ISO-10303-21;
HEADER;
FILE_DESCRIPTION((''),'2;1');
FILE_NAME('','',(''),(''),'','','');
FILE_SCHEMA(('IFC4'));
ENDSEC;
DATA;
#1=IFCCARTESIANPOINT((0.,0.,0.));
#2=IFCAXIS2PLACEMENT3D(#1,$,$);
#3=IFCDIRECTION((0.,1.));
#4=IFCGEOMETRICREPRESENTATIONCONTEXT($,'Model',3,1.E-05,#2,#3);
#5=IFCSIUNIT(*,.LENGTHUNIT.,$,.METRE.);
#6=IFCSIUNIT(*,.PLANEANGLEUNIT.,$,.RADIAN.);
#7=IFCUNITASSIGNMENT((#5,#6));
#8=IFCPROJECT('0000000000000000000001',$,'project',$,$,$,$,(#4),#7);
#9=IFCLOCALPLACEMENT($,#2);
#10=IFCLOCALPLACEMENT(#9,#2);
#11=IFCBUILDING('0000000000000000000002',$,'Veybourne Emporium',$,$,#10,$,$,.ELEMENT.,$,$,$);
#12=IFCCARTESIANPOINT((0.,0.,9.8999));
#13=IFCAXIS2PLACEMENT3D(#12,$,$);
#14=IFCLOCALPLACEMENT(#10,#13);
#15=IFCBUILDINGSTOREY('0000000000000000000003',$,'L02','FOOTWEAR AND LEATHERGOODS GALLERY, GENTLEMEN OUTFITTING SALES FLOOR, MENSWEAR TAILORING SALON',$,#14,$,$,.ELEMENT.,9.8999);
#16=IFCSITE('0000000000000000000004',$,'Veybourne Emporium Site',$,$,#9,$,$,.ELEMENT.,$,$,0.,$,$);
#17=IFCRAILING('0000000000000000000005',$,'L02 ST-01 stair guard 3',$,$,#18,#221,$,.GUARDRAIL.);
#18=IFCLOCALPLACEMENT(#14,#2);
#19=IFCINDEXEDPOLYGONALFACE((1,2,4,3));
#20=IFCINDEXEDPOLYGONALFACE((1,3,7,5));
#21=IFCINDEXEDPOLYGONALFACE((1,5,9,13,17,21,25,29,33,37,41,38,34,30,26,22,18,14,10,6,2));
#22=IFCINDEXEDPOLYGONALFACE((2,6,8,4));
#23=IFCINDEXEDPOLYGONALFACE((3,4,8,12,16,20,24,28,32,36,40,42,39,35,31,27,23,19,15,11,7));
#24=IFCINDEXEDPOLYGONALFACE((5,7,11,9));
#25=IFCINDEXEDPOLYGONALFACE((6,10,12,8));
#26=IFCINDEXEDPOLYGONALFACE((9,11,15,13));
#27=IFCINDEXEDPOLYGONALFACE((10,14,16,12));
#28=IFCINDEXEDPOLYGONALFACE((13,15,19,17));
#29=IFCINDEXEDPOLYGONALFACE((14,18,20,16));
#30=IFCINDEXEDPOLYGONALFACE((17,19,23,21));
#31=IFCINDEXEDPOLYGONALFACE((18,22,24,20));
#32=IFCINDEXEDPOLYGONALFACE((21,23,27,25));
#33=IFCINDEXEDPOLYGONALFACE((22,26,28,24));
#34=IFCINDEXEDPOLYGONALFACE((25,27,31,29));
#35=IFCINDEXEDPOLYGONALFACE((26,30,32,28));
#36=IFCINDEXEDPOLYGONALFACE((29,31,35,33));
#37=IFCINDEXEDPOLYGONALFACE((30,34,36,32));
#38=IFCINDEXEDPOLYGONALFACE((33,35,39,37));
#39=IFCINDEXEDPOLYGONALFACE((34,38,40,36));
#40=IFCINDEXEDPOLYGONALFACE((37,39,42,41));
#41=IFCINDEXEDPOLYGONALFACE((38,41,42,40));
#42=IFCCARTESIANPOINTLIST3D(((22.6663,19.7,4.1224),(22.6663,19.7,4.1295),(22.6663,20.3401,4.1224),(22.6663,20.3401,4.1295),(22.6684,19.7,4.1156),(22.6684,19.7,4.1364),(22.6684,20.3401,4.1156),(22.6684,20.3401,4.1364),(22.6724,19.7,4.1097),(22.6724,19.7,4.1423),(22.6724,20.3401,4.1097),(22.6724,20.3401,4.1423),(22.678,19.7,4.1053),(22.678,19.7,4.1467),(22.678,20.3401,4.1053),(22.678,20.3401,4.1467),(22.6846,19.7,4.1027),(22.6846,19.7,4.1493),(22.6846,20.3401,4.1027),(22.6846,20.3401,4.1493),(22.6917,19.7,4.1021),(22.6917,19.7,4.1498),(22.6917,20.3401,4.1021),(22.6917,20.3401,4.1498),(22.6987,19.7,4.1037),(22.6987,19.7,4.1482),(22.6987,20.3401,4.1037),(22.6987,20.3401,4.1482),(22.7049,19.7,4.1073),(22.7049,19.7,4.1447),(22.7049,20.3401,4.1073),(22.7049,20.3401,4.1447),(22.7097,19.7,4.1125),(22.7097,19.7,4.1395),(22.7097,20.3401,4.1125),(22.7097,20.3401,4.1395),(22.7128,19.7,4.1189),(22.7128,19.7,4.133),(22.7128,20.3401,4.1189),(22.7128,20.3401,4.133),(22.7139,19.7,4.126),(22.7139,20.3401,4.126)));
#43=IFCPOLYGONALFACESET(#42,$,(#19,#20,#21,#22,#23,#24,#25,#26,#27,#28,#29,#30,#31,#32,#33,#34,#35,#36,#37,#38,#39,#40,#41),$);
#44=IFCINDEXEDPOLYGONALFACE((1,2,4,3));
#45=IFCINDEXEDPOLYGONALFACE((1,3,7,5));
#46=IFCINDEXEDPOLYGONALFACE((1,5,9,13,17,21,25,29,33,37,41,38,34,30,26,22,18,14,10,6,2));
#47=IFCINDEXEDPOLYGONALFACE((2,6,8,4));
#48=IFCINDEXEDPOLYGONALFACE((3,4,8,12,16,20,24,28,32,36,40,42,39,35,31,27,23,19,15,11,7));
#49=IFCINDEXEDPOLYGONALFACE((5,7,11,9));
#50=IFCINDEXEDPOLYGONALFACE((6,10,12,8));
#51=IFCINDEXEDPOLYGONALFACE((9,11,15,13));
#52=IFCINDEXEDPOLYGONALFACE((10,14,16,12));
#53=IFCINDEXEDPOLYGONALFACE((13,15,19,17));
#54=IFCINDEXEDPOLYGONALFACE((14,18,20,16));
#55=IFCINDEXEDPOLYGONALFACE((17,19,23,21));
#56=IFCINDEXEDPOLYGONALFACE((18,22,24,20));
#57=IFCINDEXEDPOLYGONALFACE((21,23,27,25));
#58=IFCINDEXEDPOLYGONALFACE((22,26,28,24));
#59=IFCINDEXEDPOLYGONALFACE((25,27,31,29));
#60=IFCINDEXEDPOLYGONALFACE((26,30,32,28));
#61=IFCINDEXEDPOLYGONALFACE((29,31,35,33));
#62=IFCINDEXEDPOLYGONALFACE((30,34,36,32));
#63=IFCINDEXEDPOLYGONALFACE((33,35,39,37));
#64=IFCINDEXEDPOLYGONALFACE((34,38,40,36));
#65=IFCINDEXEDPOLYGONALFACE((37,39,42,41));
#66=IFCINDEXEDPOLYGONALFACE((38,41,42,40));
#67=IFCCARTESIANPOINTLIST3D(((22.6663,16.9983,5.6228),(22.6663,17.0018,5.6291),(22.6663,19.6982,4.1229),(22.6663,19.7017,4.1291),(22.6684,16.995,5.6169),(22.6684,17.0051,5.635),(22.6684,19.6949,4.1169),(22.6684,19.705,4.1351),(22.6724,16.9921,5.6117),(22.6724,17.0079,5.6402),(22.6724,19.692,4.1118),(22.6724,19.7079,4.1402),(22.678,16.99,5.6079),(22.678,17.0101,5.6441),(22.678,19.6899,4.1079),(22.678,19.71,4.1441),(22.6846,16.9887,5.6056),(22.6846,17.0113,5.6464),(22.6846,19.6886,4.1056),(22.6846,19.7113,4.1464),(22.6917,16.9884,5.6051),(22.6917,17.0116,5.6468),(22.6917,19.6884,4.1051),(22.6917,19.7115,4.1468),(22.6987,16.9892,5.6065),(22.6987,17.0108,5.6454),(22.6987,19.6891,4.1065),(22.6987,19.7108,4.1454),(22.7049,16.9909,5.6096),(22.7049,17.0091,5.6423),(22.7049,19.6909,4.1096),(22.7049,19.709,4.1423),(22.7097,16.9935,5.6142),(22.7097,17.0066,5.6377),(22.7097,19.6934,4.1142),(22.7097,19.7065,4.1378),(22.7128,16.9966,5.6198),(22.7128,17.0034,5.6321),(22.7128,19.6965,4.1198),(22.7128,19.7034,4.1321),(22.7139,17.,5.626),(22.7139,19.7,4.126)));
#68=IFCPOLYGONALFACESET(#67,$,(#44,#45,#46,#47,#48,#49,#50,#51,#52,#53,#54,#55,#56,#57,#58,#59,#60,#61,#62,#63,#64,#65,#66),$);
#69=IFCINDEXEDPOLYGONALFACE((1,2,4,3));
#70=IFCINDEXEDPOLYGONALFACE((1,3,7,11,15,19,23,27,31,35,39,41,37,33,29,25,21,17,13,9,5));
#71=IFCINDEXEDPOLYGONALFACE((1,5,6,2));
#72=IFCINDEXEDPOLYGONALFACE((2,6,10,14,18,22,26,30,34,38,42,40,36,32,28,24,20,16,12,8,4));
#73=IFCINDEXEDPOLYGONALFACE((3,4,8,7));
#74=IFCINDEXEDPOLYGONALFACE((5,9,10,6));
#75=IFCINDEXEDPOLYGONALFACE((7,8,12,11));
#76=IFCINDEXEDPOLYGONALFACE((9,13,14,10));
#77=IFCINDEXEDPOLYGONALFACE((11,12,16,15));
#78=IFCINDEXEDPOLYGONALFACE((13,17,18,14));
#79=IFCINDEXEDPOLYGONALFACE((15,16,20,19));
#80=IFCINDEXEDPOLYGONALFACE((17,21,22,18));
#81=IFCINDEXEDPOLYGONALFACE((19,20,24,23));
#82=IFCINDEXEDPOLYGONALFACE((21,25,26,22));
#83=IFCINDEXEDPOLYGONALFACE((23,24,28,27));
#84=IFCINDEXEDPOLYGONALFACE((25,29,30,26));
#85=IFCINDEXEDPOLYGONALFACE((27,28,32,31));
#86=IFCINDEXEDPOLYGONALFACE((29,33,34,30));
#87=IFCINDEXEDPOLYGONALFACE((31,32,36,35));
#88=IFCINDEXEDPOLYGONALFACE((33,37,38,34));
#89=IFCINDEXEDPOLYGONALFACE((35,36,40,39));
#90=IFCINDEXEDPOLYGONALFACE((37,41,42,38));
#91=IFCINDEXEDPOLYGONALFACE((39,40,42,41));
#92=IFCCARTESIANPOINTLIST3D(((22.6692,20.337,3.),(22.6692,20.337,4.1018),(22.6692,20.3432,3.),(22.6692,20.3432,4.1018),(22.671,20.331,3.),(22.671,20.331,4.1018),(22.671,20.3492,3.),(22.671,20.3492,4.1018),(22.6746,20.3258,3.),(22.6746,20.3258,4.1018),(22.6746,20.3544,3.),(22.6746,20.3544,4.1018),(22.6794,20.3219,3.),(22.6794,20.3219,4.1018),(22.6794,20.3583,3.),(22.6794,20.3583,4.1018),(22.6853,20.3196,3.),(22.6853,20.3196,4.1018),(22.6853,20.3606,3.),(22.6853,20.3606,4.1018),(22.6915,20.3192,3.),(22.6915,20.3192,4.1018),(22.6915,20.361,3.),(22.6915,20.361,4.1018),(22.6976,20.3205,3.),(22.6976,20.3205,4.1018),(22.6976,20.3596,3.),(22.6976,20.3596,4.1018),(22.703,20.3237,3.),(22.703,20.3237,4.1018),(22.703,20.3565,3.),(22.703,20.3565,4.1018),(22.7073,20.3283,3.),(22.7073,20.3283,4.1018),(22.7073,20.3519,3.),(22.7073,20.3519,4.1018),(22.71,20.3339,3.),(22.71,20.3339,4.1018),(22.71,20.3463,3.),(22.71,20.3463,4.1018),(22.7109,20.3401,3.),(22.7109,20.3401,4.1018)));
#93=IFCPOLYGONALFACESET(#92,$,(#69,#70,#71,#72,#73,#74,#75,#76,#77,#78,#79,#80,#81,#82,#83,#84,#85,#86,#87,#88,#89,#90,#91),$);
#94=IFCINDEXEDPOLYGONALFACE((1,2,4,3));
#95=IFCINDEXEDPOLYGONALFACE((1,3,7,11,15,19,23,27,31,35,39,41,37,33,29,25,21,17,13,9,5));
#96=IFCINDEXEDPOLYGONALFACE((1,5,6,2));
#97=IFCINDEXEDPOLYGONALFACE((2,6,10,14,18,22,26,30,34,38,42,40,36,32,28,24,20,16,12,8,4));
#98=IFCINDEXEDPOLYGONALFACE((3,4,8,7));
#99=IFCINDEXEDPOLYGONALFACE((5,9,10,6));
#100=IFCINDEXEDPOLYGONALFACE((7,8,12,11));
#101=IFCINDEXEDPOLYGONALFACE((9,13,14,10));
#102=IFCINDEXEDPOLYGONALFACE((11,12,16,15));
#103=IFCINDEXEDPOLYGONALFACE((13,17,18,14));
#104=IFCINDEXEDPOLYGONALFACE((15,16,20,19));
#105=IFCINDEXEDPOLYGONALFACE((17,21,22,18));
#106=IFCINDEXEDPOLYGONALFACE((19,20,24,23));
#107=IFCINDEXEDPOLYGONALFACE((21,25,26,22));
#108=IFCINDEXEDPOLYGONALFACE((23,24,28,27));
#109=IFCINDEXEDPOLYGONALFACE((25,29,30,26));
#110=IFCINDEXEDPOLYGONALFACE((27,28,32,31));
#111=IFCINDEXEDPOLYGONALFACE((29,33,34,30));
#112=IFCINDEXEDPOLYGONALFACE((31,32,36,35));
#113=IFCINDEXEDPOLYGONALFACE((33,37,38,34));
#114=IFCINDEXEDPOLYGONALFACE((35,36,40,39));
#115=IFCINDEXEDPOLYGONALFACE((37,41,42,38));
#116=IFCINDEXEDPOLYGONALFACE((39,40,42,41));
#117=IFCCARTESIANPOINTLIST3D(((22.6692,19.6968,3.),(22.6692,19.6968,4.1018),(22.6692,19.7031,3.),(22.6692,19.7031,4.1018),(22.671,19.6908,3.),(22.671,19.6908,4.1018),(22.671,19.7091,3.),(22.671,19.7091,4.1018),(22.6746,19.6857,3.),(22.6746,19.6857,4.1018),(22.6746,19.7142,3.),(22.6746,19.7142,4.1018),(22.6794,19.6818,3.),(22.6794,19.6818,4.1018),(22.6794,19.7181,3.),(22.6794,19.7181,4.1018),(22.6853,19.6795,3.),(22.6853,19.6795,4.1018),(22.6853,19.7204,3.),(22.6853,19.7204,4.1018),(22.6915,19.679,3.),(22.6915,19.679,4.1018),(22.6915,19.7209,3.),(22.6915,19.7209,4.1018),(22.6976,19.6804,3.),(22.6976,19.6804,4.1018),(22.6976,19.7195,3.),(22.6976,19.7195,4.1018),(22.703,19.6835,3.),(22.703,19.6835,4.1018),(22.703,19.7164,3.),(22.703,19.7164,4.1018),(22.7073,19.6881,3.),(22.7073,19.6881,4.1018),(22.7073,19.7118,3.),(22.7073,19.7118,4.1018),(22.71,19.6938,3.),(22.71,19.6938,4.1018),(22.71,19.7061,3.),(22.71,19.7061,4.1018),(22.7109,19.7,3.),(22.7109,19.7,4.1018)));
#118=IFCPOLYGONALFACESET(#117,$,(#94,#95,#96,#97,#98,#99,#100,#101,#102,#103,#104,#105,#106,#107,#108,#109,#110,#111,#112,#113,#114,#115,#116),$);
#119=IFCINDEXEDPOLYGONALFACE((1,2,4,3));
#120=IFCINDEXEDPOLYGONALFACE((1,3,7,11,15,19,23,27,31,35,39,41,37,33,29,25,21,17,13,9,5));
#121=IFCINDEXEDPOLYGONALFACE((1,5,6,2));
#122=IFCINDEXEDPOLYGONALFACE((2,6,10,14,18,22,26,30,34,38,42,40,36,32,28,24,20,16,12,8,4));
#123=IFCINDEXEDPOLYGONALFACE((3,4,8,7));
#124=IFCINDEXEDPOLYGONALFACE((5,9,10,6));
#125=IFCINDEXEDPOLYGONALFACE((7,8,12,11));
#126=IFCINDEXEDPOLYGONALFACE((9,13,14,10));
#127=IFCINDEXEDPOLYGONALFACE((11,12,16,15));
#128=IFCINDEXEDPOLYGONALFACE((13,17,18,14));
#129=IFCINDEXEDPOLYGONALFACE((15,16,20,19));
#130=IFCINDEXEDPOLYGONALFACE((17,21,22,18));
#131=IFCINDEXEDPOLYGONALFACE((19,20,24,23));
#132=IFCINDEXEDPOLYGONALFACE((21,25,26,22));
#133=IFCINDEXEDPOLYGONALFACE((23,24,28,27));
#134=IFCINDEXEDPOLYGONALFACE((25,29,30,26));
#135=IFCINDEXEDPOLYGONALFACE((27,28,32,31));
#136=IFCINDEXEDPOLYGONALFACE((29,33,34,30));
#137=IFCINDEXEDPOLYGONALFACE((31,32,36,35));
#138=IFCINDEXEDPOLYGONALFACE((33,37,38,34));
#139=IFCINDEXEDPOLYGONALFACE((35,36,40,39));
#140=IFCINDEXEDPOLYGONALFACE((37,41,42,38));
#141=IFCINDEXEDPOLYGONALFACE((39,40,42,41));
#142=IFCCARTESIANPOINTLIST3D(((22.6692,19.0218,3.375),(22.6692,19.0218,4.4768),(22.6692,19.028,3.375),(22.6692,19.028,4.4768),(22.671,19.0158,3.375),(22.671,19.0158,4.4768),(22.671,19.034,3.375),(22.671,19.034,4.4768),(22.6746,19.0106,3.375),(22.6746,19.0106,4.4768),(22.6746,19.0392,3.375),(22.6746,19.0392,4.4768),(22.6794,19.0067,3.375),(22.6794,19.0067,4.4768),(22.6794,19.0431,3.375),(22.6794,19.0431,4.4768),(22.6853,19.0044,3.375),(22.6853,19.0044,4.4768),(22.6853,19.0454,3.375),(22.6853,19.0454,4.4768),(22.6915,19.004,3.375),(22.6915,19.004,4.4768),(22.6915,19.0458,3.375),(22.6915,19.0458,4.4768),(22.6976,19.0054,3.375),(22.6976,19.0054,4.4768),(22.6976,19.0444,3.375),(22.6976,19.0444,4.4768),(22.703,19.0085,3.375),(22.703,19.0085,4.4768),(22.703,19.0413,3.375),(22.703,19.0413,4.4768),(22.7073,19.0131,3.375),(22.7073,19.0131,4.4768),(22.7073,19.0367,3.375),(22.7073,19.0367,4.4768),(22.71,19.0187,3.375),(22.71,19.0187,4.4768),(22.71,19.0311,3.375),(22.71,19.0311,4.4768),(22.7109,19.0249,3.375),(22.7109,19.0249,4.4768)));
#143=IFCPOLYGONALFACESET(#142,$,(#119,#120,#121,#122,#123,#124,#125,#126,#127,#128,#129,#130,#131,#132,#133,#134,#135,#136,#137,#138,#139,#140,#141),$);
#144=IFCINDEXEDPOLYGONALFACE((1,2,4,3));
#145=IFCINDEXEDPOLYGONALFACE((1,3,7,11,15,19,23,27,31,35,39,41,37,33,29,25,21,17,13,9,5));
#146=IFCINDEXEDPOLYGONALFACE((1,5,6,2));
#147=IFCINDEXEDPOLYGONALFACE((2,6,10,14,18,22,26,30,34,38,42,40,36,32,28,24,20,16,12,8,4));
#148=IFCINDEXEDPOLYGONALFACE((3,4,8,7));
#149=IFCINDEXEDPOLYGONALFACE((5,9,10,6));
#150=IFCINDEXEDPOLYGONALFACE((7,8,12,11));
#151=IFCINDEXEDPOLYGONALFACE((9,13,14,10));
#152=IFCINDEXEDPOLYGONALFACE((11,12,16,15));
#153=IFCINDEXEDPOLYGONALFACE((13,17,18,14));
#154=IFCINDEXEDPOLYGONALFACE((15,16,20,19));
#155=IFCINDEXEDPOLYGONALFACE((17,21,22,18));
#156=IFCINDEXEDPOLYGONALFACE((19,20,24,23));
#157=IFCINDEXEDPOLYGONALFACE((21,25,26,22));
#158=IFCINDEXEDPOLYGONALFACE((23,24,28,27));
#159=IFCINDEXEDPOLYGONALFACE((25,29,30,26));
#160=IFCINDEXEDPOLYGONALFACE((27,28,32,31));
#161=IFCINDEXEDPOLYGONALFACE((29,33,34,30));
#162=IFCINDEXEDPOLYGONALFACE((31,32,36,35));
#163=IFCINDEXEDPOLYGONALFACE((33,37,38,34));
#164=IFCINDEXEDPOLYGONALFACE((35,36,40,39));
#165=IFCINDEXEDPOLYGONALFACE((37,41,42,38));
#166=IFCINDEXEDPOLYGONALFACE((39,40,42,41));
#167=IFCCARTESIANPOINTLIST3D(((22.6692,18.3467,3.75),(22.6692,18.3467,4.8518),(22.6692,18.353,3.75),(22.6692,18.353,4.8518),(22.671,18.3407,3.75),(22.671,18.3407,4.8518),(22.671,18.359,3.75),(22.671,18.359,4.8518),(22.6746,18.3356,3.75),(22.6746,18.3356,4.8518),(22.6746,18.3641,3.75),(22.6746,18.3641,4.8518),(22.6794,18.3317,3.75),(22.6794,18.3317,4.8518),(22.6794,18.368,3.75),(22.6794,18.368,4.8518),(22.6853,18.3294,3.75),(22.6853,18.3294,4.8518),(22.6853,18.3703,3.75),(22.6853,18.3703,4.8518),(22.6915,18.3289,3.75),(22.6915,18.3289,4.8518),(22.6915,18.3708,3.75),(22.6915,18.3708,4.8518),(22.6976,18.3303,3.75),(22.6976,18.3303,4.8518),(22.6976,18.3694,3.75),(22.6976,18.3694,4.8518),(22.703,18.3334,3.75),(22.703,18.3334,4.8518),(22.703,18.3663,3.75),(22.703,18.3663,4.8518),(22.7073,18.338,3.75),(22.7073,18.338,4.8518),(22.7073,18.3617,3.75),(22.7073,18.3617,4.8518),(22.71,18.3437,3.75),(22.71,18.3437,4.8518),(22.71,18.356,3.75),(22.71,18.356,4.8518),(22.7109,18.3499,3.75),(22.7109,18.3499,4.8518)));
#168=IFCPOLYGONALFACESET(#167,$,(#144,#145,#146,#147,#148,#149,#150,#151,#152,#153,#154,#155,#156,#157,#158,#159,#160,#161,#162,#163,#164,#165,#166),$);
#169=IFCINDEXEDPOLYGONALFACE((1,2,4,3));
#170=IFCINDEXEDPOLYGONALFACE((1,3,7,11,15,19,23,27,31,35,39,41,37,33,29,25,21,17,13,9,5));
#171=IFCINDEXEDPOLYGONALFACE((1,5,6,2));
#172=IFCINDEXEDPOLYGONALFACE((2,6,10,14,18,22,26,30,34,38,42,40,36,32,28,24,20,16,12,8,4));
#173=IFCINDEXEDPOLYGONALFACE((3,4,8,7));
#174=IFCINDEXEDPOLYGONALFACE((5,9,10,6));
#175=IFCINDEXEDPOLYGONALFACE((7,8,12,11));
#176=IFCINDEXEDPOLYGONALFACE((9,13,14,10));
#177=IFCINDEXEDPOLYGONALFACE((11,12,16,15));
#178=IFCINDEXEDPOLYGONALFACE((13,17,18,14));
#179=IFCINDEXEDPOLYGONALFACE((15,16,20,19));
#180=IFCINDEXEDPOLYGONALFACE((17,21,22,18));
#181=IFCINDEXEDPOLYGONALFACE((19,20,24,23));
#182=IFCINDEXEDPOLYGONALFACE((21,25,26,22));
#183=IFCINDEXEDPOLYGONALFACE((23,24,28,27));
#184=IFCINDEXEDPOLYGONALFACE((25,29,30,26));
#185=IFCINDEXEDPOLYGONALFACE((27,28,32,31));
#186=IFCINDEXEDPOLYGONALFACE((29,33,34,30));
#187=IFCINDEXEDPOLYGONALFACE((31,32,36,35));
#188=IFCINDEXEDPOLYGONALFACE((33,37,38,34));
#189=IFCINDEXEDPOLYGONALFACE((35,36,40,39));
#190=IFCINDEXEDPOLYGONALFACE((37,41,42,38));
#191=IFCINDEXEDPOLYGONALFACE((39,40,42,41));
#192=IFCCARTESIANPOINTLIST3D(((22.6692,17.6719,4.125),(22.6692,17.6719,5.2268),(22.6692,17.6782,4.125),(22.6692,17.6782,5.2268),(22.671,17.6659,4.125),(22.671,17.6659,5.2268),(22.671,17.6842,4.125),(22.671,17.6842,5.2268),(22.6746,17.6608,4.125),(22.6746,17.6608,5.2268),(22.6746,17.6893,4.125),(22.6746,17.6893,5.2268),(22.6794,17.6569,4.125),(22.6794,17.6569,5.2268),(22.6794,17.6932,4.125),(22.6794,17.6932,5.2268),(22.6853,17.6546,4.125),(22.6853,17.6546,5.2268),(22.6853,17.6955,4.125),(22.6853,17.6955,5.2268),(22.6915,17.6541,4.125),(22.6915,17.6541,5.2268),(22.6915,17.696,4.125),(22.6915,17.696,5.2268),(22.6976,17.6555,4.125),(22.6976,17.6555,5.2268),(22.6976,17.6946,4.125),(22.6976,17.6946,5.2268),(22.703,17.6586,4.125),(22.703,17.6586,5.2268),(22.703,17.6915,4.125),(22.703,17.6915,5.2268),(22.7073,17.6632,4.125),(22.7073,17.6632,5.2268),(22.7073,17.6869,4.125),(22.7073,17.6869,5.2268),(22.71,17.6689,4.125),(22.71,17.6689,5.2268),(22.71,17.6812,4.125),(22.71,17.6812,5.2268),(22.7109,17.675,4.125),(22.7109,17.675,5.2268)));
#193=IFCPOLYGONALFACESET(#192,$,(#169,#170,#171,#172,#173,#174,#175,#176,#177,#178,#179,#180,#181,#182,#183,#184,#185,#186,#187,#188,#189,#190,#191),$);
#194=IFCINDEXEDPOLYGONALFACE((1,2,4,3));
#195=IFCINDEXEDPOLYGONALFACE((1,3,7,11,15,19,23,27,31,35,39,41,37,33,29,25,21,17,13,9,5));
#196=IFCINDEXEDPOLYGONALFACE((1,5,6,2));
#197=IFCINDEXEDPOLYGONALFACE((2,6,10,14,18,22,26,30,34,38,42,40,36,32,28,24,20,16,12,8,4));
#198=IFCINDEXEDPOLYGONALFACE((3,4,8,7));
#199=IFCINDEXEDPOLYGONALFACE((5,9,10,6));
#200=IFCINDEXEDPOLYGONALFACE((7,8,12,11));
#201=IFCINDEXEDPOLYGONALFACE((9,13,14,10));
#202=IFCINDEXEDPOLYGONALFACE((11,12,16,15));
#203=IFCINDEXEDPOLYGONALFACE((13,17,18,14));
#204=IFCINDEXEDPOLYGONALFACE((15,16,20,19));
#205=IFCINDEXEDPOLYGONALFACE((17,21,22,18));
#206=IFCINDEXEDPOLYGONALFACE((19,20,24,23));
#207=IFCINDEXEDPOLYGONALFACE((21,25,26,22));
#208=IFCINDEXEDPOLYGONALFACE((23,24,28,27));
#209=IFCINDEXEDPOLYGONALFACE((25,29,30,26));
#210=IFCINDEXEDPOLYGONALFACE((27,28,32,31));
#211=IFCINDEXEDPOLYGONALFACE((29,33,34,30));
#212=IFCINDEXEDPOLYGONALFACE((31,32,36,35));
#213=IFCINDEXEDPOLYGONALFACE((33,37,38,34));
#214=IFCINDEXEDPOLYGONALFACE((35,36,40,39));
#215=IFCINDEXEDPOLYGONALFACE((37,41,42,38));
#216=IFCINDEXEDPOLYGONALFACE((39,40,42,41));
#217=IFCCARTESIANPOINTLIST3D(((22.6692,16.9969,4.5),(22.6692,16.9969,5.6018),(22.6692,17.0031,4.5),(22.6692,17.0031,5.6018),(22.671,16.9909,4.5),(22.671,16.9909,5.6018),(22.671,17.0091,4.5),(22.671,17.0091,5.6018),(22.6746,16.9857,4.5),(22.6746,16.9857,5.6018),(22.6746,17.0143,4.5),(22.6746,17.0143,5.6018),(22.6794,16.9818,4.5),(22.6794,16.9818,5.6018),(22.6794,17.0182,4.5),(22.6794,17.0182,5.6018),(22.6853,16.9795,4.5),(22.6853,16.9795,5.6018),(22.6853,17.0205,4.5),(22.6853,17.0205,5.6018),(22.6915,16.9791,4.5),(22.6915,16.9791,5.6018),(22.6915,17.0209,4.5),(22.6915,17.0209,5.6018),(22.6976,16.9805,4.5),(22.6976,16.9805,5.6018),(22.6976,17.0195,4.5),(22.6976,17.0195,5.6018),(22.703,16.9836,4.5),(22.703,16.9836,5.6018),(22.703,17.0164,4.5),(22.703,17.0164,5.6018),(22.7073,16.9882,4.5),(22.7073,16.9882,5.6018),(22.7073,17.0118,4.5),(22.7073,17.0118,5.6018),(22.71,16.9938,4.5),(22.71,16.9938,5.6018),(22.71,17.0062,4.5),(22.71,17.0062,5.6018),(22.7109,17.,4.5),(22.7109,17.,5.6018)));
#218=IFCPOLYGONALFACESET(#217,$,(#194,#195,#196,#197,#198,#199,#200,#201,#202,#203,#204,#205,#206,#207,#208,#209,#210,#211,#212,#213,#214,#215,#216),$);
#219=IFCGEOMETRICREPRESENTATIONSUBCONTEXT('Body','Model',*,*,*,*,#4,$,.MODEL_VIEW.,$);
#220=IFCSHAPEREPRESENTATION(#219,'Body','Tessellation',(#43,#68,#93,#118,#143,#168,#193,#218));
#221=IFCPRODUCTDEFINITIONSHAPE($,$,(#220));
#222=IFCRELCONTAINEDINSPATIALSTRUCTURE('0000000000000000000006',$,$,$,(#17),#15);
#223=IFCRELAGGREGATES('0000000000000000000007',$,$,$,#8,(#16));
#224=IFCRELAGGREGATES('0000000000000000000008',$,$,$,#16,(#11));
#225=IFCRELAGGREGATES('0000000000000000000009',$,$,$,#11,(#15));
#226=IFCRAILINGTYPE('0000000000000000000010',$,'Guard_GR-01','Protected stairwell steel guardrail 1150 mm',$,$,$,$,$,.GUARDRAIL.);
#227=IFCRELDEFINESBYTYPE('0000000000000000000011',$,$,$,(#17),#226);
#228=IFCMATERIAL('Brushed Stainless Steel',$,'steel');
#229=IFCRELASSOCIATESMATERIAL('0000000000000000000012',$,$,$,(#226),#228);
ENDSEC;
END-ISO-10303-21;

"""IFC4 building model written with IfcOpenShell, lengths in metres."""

from ifc_helpers import new_model, si_unit, direction, frame, origin, origin_2d, place, context, subcontext, project, spatial, circle, extrude, material, type_object, element, save


model = new_model("IFC4")

# Units and contexts
model_context = context("Model", 3, precision=1e-05, world=origin(), true_north=direction((0.0, 1.0)))
body_context = subcontext(model_context, "Body", "Model", "MODEL_VIEW")
ifc_project = project(units=[si_unit("LENGTHUNIT", "METRE"), si_unit("PLANEANGLEUNIT", "RADIAN")], contexts=[model_context])

# Site, building, storey
site_placement = place(None, origin())
site = spatial("IfcSite", under=ifc_project, at=site_placement, Name="Veybourne Emporium Site", CompositionType="ELEMENT", RefElevation=0.0)
building_placement = place(site_placement, origin())
building = spatial("IfcBuilding", under=site, at=building_placement, Name="Veybourne Emporium", CompositionType="ELEMENT")
storey_placement = place(building_placement, frame((0.0, 0.0, 9.8999)))
storey = spatial("IfcBuildingStorey", under=building, at=storey_placement, Name="L02", Description="FOOTWEAR AND LEATHERGOODS GALLERY, GENTLEMEN OUTFITTING SALES FLOOR, MENSWEAR TAILORING SALON", CompositionType="ELEMENT", Elevation=9.8999)

# Railing
ifc_material_1 = material(Name="Brushed Stainless Steel", Category="steel")
railing_type_1 = type_object("IfcRailingType", Name="Guard_GR-01", Description="Protected stairwell steel guardrail 1150 mm", PredefinedType="GUARDRAIL", material=ifc_material_1)
railing_1_placement = place(storey_placement, frame((22.6899, 20.3401, 3.0)))
element("IfcRailing", 1, at=railing_1_placement, inside=storey, type_object=railing_type_1, Name="L02 ST-01 stair guard 3", PredefinedType="GUARDRAIL", context=body_context, shape_type="SweptSolid", body=[
    extrude(circle(Radius=0.0239, at=origin_2d()), frame((0.0, 0.0, 1.126), z_axis=(0.0, -1.0, 0.0), x_axis=(1.0, 0.0, 0.0)), (0.0, 0.0, 1.0), 0.6401),
    extrude(circle(Radius=0.0239, at=origin_2d()), frame((0.0, -0.6401, 1.126), z_axis=(0.0, -0.874154, 0.48565), x_axis=(1.0, 0.0, 0.0)), (0.0, 0.0, 1.0), 3.0886),
    extrude(circle(Radius=0.021, at=origin_2d()), origin(), (0.0, 0.0, 1.0), 1.1018),
    extrude(circle(Radius=0.021, at=origin_2d()), frame((0.0, -0.6401, 0.0)), (0.0, 0.0, 1.0), 1.1018),
    extrude(circle(Radius=0.021, at=origin_2d()), frame((0.0, -1.3152, 0.375)), (0.0, 0.0, 1.0), 1.1018),
    extrude(circle(Radius=0.021, at=origin_2d()), frame((0.0, -1.9902, 0.75)), (0.0, 0.0, 1.0), 1.1018),
    extrude(circle(Radius=0.021, at=origin_2d()), frame((0.0, -2.665, 1.125)), (0.0, 0.0, 1.0), 1.1018),
    extrude(circle(Radius=0.021, at=origin_2d()), frame((0.0, -3.3401, 1.5)), (0.0, 0.0, 1.0), 1.1018),
])

save(model, "model.ifc")
